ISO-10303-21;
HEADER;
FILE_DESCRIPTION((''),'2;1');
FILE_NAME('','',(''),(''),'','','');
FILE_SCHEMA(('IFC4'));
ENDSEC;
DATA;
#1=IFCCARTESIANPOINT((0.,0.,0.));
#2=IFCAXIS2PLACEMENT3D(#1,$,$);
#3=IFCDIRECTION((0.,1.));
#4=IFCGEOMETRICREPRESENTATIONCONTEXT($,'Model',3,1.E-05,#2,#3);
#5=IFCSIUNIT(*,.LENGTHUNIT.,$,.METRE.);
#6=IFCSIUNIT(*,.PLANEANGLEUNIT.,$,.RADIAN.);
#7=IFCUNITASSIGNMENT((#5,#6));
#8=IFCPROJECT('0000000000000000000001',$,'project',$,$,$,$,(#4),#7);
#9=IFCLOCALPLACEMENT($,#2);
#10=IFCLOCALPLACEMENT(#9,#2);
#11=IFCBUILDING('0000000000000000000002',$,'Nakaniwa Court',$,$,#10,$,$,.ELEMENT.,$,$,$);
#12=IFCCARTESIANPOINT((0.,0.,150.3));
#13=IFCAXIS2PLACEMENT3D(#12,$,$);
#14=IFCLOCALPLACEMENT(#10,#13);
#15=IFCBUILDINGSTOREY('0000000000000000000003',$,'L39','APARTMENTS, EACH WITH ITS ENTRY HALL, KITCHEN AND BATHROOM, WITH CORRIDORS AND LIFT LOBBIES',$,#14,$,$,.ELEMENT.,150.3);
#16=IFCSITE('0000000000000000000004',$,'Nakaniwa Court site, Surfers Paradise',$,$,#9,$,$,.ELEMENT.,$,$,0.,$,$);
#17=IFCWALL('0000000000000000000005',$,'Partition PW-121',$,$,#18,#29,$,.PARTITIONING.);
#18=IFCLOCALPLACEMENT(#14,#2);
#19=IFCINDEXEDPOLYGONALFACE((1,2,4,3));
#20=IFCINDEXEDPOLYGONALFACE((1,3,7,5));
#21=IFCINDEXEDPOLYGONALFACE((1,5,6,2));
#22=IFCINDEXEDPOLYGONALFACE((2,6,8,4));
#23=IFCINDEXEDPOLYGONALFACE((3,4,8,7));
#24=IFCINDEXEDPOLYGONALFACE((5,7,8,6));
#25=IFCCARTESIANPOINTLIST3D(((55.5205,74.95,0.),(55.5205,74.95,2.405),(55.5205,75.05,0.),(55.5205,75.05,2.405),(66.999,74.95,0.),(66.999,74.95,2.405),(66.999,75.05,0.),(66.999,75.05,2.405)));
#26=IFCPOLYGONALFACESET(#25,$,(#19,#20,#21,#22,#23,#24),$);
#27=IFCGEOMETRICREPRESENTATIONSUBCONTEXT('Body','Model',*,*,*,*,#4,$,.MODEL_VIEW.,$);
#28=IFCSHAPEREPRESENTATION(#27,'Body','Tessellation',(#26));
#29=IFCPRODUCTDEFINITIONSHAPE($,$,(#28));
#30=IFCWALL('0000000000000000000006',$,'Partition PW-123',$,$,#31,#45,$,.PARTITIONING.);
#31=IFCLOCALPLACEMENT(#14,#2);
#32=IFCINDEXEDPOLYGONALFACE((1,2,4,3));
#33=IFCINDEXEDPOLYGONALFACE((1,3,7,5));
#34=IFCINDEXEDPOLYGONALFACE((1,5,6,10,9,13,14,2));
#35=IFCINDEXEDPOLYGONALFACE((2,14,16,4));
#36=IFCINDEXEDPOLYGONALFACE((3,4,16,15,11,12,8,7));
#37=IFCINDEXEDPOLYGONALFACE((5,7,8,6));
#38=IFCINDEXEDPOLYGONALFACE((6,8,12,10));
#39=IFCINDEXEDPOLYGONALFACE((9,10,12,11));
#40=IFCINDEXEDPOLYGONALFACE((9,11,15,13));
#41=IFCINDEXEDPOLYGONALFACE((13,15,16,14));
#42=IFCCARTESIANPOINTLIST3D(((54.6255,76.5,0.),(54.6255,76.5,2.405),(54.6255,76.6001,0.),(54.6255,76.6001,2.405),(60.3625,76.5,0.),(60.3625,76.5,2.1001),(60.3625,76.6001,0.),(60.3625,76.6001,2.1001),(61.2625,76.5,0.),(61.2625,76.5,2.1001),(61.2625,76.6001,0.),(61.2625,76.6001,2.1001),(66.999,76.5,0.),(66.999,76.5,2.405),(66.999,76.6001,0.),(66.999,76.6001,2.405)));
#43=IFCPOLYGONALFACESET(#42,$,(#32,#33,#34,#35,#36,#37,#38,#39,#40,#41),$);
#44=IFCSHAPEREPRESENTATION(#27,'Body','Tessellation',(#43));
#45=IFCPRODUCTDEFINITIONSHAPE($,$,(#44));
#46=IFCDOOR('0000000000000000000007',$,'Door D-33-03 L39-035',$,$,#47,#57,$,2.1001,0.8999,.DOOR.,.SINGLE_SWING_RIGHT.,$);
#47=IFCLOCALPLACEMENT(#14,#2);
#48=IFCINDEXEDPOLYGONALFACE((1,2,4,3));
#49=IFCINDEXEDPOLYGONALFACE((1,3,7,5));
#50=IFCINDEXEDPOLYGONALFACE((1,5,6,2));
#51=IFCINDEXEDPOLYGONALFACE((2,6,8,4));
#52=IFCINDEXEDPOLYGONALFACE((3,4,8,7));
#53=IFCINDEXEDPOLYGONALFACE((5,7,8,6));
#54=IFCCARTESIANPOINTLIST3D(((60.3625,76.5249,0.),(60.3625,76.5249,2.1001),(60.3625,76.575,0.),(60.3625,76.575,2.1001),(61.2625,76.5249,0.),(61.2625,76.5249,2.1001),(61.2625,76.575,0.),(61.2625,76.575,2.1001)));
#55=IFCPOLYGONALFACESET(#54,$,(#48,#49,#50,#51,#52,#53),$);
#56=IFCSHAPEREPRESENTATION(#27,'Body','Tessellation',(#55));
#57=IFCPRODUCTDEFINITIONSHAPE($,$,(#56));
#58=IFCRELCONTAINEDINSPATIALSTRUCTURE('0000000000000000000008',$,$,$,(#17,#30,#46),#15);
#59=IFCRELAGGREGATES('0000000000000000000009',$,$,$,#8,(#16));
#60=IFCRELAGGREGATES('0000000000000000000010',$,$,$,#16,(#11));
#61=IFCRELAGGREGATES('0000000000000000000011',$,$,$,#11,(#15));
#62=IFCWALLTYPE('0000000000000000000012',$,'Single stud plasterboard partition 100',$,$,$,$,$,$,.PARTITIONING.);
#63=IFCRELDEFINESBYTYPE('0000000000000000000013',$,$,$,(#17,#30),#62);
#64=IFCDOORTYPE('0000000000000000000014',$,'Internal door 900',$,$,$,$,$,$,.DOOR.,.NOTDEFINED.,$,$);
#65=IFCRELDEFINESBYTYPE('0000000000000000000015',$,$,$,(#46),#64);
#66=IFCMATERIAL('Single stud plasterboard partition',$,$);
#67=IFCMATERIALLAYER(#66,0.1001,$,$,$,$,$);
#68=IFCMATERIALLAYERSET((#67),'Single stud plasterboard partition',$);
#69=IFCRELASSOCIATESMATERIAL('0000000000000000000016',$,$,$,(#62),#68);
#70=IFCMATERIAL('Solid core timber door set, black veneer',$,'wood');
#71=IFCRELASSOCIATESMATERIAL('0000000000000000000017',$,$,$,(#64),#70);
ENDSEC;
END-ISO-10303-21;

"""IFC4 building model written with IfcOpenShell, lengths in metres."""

from ifc_helpers import new_model, si_unit, direction, frame, frame_2d, origin, place, context, subcontext, project, spatial, rectangle, extrude, material, layer, layer_set, type_object, element, fill, save


model = new_model("IFC4")

# Units and contexts
model_context = context("Model", 3, precision=1e-05, world=origin(), true_north=direction((0.0, 1.0)))
body_context = subcontext(model_context, "Body", "Model", "MODEL_VIEW")
ifc_project = project(units=[si_unit("LENGTHUNIT", "METRE"), si_unit("PLANEANGLEUNIT", "RADIAN")], contexts=[model_context])

# Site, building, storey
site_placement = place(None, origin())
site = spatial("IfcSite", under=ifc_project, at=site_placement, Name="Nakaniwa Court site, Surfers Paradise", CompositionType="ELEMENT", RefElevation=0.0)
building_placement = place(site_placement, origin())
building = spatial("IfcBuilding", under=site, at=building_placement, Name="Nakaniwa Court", CompositionType="ELEMENT")
storey_placement = place(building_placement, frame((0.0, 0.0, 150.3)))
storey = spatial("IfcBuildingStorey", under=building, at=storey_placement, Name="L39", Description="APARTMENTS, EACH WITH ITS ENTRY HALL, KITCHEN AND BATHROOM, WITH CORRIDORS AND LIFT LOBBIES", CompositionType="ELEMENT", Elevation=150.3)

# Shared definitions
ifc_material_1 = material(Name="Solid core timber door set, black veneer", Category="wood")

# Wall
ifc_material_2 = material(Name="Single stud plasterboard partition")
ifc_layer_1 = layer(ifc_material_2, 0.1001)
ifc_layer_set_1 = layer_set([ifc_layer_1], Name="Single stud plasterboard partition")
wall_type_1 = type_object("IfcWallType", Name="Single stud plasterboard partition 100", PredefinedType="PARTITIONING", material=ifc_layer_set_1)
wall_1_placement = place(storey_placement, frame((55.5205, 75.0, 0.0), z_axis=(0.0, 0.0, 1.0), x_axis=(1.0, 0.0, 0.0)))
element("IfcWall", 1, at=wall_1_placement, inside=storey, type_object=wall_type_1, Name="Partition PW-121", PredefinedType="PARTITIONING", context=body_context, shape_type="SweptSolid", body=[
    extrude(rectangle(XDim=11.4785, YDim=0.1001, at=frame_2d((5.7393, 0.0))), origin(), (0.0, 0.0, 1.0), 2.405),
])

# Wall, opening, door
wall_2_placement = place(storey_placement, frame((54.6255, 76.55, 0.0), z_axis=(0.0, 0.0, 1.0), x_axis=(1.0, 0.0, 0.0)))
wall_2 = element("IfcWall", 2, at=wall_2_placement, inside=storey, type_object=wall_type_1, Name="Partition PW-123", PredefinedType="PARTITIONING", context=body_context, shape_type="SweptSolid", body=[
    extrude(rectangle(XDim=12.3735, YDim=0.1001, at=frame_2d((6.1868, 0.0))), origin(), (0.0, 0.0, 1.0), 2.405),
])
opening_1_placement = place(wall_2_placement, frame((5.7371, 0.0, 0.0)))
opening_1 = element("IfcOpeningElement", 3, at=opening_1_placement, cuts=wall_2, PredefinedType="OPENING", context=body_context, shape_type="SweptSolid", body=[
    extrude(rectangle(XDim=0.8999, YDim=2.1001, at=frame_2d((0.45, 1.05))), frame((0.0, 0.0601, 0.0), z_axis=(0.0, -1.0, 0.0), x_axis=(1.0, 0.0, 0.0)), (0.0, 0.0, 1.0), 0.1201),
])
door_type_1 = type_object("IfcDoorType", Name="Internal door 900", OperationType="NOTDEFINED", PredefinedType="DOOR", material=ifc_material_1)
door_1_placement = place(opening_1_placement, origin())
door_1 = element("IfcDoor", 4, at=door_1_placement, inside=storey, type_object=door_type_1, Name="Door D-33-03 L39-035", OperationType="SINGLE_SWING_RIGHT", OverallHeight=2.1001, OverallWidth=0.8999, PredefinedType="DOOR", context=body_context, shape_type="SweptSolid", body=[
    extrude(rectangle(XDim=0.8999, YDim=2.1001, at=frame_2d((0.45, 1.05))), frame((0.0, 0.0249, 0.0), z_axis=(0.0, -1.0, 0.0), x_axis=(1.0, 0.0, 0.0)), (0.0, 0.0, 1.0), 0.05),
])
fill(opening_1, door_1)

save(model, "model.ifc")
